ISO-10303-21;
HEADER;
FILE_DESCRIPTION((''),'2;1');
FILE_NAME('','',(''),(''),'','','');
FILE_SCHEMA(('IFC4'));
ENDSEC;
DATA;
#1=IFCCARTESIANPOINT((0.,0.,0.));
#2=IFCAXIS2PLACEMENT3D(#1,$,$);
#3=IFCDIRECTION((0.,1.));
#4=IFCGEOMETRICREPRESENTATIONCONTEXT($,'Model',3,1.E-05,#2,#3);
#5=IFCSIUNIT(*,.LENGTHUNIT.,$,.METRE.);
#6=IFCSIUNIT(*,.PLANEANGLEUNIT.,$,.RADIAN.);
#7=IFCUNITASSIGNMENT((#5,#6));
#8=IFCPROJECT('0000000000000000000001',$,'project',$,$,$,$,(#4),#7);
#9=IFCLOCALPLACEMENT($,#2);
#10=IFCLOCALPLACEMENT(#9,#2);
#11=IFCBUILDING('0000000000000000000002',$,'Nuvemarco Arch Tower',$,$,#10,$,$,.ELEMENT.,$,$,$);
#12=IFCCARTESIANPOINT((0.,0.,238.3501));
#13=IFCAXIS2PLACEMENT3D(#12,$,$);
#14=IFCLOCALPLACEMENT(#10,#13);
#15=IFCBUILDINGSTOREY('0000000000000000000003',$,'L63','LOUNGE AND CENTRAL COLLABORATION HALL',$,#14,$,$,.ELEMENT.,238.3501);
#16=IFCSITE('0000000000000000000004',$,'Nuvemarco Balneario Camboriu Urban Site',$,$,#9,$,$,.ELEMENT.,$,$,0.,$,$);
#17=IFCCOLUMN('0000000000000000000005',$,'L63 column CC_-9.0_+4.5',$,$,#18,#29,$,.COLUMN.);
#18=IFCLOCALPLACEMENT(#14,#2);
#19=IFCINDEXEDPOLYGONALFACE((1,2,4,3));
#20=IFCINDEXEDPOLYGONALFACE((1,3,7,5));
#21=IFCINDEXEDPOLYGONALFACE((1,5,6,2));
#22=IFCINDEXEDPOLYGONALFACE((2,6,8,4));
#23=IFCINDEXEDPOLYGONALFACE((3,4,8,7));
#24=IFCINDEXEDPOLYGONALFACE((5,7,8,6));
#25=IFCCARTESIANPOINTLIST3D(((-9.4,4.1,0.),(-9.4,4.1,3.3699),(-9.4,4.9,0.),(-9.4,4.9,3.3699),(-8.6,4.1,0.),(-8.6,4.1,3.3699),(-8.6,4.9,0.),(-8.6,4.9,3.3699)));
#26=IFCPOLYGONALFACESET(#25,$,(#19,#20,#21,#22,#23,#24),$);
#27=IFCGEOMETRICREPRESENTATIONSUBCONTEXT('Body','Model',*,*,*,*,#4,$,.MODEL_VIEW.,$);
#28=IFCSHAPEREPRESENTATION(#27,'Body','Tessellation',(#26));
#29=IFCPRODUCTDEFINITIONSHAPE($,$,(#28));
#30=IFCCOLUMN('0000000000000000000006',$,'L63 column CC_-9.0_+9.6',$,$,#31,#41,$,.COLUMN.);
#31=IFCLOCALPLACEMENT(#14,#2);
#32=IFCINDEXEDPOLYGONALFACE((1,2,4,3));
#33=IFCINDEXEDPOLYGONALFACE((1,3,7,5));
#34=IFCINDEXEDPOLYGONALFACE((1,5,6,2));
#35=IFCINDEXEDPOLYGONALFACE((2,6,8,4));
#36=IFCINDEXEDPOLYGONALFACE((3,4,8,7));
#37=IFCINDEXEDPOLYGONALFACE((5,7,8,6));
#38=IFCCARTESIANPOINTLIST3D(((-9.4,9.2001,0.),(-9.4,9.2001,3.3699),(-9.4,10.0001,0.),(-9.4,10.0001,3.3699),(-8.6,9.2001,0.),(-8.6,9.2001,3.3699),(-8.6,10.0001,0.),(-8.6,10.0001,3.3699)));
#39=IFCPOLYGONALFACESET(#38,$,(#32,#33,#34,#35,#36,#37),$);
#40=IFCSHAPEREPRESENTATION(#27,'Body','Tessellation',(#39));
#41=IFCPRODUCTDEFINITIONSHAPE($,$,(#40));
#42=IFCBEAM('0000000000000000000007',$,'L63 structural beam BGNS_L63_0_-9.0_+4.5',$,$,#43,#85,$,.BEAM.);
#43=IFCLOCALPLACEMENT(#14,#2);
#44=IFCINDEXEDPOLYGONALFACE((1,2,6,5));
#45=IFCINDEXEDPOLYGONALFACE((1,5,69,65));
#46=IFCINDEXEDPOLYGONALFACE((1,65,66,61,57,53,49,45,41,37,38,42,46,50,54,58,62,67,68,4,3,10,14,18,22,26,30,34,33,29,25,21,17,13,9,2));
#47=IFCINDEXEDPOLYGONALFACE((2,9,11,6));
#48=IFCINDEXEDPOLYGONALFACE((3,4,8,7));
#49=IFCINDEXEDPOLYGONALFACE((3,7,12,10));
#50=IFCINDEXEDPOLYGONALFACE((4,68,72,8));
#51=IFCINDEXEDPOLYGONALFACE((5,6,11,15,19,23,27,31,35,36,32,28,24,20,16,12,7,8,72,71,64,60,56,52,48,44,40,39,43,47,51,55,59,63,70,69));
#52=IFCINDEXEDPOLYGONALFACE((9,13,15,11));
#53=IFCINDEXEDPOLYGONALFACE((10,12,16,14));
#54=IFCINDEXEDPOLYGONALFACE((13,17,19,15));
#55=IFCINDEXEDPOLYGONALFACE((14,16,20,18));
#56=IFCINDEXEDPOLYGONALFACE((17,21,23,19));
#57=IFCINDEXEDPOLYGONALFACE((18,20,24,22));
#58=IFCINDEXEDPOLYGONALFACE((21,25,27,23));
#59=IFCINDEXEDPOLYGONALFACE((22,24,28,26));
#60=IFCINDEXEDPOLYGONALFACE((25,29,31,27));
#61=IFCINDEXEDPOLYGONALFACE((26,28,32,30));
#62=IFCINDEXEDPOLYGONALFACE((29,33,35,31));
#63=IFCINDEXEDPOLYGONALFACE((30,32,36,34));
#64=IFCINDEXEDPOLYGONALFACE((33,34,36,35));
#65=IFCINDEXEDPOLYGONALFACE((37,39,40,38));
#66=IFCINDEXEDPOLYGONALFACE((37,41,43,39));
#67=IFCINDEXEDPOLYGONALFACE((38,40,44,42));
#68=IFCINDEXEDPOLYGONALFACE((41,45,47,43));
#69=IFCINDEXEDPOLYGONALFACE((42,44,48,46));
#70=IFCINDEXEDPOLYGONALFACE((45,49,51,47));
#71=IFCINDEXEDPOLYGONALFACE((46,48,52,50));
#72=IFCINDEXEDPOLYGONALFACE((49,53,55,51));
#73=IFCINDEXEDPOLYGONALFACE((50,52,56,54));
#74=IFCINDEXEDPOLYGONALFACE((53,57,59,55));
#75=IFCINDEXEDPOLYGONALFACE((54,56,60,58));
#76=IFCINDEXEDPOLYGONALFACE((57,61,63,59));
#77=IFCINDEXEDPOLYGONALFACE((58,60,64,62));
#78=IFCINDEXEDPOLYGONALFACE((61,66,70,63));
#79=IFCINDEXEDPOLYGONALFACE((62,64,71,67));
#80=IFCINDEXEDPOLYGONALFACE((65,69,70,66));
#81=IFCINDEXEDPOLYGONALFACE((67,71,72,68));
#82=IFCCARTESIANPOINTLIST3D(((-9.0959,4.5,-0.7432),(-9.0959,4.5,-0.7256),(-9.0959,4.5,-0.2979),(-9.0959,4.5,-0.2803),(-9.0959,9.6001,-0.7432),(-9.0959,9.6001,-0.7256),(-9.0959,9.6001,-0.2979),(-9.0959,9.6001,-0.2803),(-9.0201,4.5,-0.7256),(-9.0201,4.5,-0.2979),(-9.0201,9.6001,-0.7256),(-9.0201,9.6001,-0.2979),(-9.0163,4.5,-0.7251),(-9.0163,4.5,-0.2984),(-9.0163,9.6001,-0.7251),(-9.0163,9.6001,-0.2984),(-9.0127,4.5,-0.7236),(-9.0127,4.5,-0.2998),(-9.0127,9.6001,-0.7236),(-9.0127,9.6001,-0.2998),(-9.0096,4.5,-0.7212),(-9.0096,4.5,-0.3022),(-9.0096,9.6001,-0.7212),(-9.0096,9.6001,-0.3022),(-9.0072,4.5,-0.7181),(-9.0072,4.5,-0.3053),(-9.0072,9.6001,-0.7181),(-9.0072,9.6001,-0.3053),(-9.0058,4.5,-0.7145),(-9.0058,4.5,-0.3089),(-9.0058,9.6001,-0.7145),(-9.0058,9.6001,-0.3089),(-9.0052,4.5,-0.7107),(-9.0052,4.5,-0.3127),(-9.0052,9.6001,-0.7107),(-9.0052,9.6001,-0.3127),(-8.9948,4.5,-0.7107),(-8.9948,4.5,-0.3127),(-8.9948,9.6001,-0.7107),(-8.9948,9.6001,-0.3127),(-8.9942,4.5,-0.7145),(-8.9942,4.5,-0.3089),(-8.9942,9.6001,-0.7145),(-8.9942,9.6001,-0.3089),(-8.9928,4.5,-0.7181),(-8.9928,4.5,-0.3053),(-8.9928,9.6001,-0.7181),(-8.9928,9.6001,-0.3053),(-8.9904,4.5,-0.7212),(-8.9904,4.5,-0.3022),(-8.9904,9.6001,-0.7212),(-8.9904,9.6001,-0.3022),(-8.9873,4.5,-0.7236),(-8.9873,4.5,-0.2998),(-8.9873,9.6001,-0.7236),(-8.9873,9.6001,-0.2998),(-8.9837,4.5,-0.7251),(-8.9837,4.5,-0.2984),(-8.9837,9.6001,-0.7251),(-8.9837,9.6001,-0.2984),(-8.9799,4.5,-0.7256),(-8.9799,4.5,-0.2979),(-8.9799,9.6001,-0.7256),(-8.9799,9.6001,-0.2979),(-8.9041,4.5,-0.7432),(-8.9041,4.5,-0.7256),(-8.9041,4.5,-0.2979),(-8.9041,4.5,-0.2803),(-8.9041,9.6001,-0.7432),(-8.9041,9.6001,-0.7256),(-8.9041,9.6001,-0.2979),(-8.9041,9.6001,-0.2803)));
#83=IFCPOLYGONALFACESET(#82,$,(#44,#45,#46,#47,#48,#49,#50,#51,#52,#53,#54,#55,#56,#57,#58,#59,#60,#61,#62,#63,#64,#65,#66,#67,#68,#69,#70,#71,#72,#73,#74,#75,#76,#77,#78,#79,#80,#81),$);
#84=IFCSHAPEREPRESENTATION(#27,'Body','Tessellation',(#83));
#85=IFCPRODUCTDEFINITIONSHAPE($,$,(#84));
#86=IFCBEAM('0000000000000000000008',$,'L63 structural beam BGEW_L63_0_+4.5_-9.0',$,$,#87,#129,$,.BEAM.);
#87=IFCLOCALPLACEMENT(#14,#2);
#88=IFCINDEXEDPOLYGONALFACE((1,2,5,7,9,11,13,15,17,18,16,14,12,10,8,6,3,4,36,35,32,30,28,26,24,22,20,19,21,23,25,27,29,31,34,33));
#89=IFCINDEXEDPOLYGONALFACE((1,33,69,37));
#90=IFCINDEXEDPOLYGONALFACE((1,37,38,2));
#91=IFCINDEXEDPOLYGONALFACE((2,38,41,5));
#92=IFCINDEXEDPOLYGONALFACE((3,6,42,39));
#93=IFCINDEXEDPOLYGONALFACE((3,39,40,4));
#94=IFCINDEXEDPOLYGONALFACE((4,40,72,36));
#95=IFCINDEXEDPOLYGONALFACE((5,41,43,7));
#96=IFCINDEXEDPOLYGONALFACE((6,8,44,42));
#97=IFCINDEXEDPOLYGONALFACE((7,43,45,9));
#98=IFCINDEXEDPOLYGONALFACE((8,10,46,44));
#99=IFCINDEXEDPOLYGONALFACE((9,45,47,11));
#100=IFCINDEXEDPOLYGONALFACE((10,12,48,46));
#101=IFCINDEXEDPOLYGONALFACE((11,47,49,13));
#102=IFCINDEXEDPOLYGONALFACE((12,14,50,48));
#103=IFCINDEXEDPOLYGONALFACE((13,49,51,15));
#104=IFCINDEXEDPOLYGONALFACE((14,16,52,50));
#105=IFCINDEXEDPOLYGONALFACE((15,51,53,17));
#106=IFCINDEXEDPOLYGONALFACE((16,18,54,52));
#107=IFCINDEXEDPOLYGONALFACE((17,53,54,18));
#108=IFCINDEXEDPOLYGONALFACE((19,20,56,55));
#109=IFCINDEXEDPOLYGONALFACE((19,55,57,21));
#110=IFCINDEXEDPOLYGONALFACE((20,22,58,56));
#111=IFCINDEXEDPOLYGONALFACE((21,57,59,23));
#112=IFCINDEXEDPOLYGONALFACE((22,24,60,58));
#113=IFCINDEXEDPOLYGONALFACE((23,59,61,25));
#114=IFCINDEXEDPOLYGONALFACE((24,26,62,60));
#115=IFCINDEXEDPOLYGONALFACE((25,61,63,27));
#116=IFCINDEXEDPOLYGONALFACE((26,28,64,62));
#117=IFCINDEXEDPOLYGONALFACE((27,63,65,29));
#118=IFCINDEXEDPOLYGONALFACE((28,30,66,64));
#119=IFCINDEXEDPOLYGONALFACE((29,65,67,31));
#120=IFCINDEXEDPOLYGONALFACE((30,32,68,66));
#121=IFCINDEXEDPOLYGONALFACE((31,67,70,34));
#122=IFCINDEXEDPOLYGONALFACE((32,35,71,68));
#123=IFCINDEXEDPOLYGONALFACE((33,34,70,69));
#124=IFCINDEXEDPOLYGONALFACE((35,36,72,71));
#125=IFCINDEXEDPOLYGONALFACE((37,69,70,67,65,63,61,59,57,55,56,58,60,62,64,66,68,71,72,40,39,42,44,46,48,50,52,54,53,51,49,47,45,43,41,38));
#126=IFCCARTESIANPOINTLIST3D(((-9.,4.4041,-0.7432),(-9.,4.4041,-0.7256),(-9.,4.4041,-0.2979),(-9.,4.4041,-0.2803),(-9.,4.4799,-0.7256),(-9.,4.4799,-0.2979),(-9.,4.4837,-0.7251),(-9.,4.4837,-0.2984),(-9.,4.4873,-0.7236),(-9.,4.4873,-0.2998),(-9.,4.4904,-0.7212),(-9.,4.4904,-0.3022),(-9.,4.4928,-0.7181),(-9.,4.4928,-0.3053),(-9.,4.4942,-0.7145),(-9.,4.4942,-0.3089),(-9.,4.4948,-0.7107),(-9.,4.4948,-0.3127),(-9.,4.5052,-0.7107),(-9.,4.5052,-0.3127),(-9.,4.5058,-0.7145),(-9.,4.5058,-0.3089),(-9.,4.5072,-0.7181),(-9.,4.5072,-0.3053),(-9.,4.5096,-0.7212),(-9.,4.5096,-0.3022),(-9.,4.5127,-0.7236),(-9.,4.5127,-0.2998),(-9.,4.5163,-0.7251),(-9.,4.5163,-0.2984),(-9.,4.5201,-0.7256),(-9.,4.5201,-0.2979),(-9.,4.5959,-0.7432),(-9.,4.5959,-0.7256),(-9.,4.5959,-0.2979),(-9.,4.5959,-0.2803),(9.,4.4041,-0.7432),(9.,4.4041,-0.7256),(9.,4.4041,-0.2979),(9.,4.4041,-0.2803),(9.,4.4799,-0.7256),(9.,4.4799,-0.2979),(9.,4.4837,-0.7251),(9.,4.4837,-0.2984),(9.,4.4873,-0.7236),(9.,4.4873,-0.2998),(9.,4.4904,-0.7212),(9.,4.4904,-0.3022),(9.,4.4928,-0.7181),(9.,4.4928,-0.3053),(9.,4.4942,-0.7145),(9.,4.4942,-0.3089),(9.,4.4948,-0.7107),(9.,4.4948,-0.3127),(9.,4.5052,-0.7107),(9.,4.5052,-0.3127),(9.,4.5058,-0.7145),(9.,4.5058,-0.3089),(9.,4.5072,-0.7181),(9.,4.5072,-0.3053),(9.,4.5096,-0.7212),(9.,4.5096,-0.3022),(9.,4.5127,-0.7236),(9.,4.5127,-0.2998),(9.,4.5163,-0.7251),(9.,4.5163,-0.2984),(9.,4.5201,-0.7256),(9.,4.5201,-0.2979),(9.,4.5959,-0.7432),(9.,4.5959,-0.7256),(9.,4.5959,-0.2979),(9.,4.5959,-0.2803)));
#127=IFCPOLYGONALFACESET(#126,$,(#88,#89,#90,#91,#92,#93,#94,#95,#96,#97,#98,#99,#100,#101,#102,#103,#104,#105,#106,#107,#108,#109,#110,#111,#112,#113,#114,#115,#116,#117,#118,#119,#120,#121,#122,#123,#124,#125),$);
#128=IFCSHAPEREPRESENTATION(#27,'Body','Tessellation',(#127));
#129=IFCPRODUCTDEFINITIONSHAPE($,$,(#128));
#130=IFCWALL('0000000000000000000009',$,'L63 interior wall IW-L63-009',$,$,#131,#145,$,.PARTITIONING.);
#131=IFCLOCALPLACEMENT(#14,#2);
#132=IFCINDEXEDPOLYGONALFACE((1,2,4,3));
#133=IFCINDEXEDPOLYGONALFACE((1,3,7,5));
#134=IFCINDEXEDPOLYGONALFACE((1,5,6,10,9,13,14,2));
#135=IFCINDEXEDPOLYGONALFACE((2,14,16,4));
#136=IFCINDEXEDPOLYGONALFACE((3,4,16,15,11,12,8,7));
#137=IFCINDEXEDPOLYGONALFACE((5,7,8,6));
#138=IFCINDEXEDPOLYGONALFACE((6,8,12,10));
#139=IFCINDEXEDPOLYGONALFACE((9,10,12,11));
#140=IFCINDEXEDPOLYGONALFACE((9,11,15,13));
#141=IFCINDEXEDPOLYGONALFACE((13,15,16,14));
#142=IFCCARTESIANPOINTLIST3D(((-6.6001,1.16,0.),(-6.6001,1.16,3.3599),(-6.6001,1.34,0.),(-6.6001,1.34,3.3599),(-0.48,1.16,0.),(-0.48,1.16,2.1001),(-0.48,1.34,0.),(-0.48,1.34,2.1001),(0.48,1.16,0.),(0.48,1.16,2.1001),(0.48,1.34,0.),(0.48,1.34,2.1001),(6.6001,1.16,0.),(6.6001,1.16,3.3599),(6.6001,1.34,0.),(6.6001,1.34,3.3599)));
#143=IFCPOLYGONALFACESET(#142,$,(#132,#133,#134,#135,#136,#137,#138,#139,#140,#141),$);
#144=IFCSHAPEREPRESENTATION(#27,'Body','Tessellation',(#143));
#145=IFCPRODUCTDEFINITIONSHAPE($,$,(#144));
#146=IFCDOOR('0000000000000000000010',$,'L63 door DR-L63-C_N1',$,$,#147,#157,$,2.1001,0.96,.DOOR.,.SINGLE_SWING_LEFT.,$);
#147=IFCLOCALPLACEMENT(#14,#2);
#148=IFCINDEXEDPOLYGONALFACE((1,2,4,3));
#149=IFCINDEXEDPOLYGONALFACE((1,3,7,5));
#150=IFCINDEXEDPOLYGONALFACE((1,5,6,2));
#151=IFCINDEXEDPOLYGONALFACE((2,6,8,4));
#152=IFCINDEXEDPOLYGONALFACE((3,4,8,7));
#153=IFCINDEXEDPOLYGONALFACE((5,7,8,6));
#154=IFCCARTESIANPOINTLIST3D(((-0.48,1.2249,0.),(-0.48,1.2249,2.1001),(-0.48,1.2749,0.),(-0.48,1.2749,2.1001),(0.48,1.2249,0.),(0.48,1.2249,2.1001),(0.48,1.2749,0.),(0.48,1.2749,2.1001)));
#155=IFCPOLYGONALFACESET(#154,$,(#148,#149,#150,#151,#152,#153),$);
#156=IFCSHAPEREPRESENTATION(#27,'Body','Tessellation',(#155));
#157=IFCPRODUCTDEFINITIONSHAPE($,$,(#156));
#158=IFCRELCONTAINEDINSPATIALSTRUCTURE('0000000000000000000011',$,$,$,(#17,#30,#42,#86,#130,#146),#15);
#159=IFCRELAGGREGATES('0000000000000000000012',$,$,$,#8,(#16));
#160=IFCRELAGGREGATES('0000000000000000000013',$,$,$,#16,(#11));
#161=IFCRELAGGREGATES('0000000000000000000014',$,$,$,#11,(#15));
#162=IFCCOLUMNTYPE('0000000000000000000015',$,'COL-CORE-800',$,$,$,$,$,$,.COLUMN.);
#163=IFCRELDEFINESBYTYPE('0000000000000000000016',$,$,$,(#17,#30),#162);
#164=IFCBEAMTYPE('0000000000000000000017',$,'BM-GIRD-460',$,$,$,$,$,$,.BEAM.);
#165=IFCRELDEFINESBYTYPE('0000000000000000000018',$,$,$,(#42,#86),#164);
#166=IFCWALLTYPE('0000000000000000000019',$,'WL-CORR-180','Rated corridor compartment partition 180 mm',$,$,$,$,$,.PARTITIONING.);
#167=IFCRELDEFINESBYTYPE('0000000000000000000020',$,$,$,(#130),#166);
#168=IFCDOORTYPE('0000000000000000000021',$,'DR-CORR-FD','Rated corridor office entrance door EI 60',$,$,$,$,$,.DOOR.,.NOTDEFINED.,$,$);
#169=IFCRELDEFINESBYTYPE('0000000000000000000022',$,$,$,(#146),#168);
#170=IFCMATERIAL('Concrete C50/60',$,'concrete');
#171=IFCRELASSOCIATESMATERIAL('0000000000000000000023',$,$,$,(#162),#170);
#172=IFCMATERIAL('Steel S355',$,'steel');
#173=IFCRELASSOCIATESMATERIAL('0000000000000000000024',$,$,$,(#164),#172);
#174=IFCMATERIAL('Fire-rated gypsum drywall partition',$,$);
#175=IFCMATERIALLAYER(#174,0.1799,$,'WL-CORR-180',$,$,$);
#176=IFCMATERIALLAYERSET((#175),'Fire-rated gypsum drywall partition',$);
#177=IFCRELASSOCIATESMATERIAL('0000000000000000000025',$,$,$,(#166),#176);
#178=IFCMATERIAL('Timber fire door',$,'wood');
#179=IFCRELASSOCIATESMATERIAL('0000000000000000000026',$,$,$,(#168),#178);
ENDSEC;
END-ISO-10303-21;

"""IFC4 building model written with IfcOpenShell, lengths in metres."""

from ifc_helpers import new_model, si_unit, direction, frame, frame_2d, origin, origin_2d, place, context, subcontext, project, spatial, rectangle, i_section, extrude, source, transform, mapped, material, layer, layer_set, material_profile, profile_set, type_object, type_shapes, element, fill, save


model = new_model("IFC4")

# Units and contexts
model_context = context("Model", 3, precision=1e-05, world=origin(), true_north=direction((0.0, 1.0)))
body_context = subcontext(model_context, "Body", "Model", "MODEL_VIEW")
ifc_project = project(units=[si_unit("LENGTHUNIT", "METRE"), si_unit("PLANEANGLEUNIT", "RADIAN")], contexts=[model_context])

# Site, building, storey
site_placement = place(None, origin())
site = spatial("IfcSite", under=ifc_project, at=site_placement, Name="Nuvemarco Balneario Camboriu Urban Site", CompositionType="ELEMENT", RefElevation=0.0)
building_placement = place(site_placement, origin())
building = spatial("IfcBuilding", under=site, at=building_placement, Name="Nuvemarco Arch Tower", CompositionType="ELEMENT")
storey_placement = place(building_placement, frame((0.0, 0.0, 238.3501)))
storey = spatial("IfcBuildingStorey", under=building, at=storey_placement, Name="L63", Description="LOUNGE AND CENTRAL COLLABORATION HALL", CompositionType="ELEMENT", Elevation=238.3501)

# Columns
ifc_material_1 = material(Name="Concrete C50/60", Category="concrete")
ifc_material_profile_1 = material_profile(ifc_material_1, rectangle(XDim=0.8, YDim=0.8, at=origin_2d()), Name="RC-COL-800x800")
ifc_profile_set_1 = profile_set([ifc_material_profile_1], Name="Concrete C50/60")
column_type = type_object("IfcColumnType", Name="COL-CORE-800", PredefinedType="COLUMN", material=ifc_profile_set_1)
for number, where, z_axis, x_axis, name in (
    (1, (-9.0, 4.5, 0.0), (0.0, 0.0, 1.0), (1.0, 0.0, 0.0), "L63 column CC_-9.0_+4.5"),
    (2, (-9.0, 9.6001, 0.0), (0.0, 0.0, 1.0), (1.0, 0.0, 0.0), "L63 column CC_-9.0_+9.6"),
):
    element("IfcColumn", number, at=place(storey_placement, frame(where, z_axis=z_axis, x_axis=x_axis)), inside=storey, type_object=column_type, Name=name, PredefinedType="COLUMN", context=body_context, shape_type="SweptSolid", body=[
        extrude(rectangle(XDim=0.8, YDim=0.8, at=origin_2d()), origin(), (0.0, 0.0, 1.0), 3.3699),
    ])

# Beams
ifc_material_2 = material(Name="Steel S355", Category="steel")
ifc_material_profile_2 = material_profile(ifc_material_2, i_section(OverallWidth=0.1919, OverallDepth=0.4629, WebThickness=0.0105, FlangeThickness=0.0176, FilletRadius=0.0149, at=origin_2d()), Name="W460x89")
ifc_profile_set_2 = profile_set([ifc_material_profile_2], Name="Steel S355")
beam_type = type_object("IfcBeamType", Name="BM-GIRD-460", PredefinedType="BEAM", material=ifc_profile_set_2)
beam_1_placement = place(storey_placement, frame((-9.0, 4.5, -0.5117), z_axis=(0.0, 1.0, 0.0), x_axis=(-1.0, 0.0, 0.0)))
element("IfcBeam", 3, at=beam_1_placement, inside=storey, type_object=beam_type, Name="L63 structural beam BGNS_L63_0_-9.0_+4.5", PredefinedType="BEAM", context=body_context, shape_type="SweptSolid", body=[
    extrude(i_section(OverallWidth=0.1919, OverallDepth=0.4629, WebThickness=0.0105, FlangeThickness=0.0176, FilletRadius=0.0149, at=origin_2d()), origin(), (0.0, 0.0, 1.0), 5.1001),
])
beam_2_placement = place(storey_placement, frame((-9.0, 4.5, -0.5117), z_axis=(1.0, 0.0, 0.0), x_axis=(0.0, 1.0, 0.0)))
element("IfcBeam", 4, at=beam_2_placement, inside=storey, type_object=beam_type, Name="L63 structural beam BGEW_L63_0_+4.5_-9.0", PredefinedType="BEAM", context=body_context, shape_type="SweptSolid", body=[
    extrude(i_section(OverallWidth=0.1919, OverallDepth=0.4629, WebThickness=0.0105, FlangeThickness=0.0176, FilletRadius=0.0149, at=origin_2d()), origin(), (0.0, 0.0, 1.0), 18.0),
])

# Wall, opening, door
ifc_material_3 = material(Name="Fire-rated gypsum drywall partition")
ifc_layer_1 = layer(ifc_material_3, 0.1799, Name="WL-CORR-180")
ifc_layer_set_1 = layer_set([ifc_layer_1], Name="Fire-rated gypsum drywall partition")
wall_type_1 = type_object("IfcWallType", Name="WL-CORR-180", Description="Rated corridor compartment partition 180 mm", PredefinedType="PARTITIONING", material=ifc_layer_set_1)
wall_1_placement = place(storey_placement, frame((-6.6001, 1.25, 0.0), z_axis=(0.0, 0.0, 1.0), x_axis=(1.0, 0.0, 0.0)))
wall_1 = element("IfcWall", 5, at=wall_1_placement, inside=storey, type_object=wall_type_1, Name="L63 interior wall IW-L63-009", PredefinedType="PARTITIONING", context=body_context, shape_type="SweptSolid", body=[
    extrude(rectangle(XDim=13.2002, YDim=0.1799, at=frame_2d((6.6001, 0.0))), origin(), (0.0, 0.0, 1.0), 3.3599),
])
opening_1_placement = place(wall_1_placement, frame((6.1201, 0.0, 0.0)))
opening_1 = element("IfcOpeningElement", 6, at=opening_1_placement, cuts=wall_1, PredefinedType="OPENING", context=body_context, shape_type="SweptSolid", body=[
    extrude(rectangle(XDim=0.96, YDim=2.1001, at=frame_2d((0.48, 1.05))), frame((0.0, 0.0999, 0.0), z_axis=(0.0, -1.0, 0.0), x_axis=(1.0, 0.0, 0.0)), (0.0, 0.0, 1.0), 0.2),
])
ifc_material_4 = material(Name="Timber fire door", Category="wood")
door_type_1 = type_object("IfcDoorType", Name="DR-CORR-FD", Description="Rated corridor office entrance door EI 60", OperationType="NOTDEFINED", PredefinedType="DOOR", material=ifc_material_4)
shared_shape_1 = source(origin(), body_context, "Body", "SweptSolid", [
    extrude(rectangle(XDim=0.96, YDim=2.1001, at=frame_2d((0.48, 1.05))), frame((0.0, 0.0249, 0.0), z_axis=(0.0, -1.0, 0.0), x_axis=(1.0, 0.0, 0.0)), (0.0, 0.0, 1.0), 0.05),
])
type_shapes(door_type_1, [shared_shape_1])
door_1_placement = place(opening_1_placement, origin())
door_1 = element("IfcDoor", 7, at=door_1_placement, inside=storey, type_object=door_type_1, Name="L63 door DR-L63-C_N1", OperationType="SINGLE_SWING_LEFT", OverallHeight=2.1001, OverallWidth=0.96, PredefinedType="DOOR", context=body_context, shape_type="MappedRepresentation", body=[
    mapped(shared_shape_1, transform((0.0, 0.0, 0.0), scale=1.0)),
])
fill(opening_1, door_1)

save(model, "model.ifc")
